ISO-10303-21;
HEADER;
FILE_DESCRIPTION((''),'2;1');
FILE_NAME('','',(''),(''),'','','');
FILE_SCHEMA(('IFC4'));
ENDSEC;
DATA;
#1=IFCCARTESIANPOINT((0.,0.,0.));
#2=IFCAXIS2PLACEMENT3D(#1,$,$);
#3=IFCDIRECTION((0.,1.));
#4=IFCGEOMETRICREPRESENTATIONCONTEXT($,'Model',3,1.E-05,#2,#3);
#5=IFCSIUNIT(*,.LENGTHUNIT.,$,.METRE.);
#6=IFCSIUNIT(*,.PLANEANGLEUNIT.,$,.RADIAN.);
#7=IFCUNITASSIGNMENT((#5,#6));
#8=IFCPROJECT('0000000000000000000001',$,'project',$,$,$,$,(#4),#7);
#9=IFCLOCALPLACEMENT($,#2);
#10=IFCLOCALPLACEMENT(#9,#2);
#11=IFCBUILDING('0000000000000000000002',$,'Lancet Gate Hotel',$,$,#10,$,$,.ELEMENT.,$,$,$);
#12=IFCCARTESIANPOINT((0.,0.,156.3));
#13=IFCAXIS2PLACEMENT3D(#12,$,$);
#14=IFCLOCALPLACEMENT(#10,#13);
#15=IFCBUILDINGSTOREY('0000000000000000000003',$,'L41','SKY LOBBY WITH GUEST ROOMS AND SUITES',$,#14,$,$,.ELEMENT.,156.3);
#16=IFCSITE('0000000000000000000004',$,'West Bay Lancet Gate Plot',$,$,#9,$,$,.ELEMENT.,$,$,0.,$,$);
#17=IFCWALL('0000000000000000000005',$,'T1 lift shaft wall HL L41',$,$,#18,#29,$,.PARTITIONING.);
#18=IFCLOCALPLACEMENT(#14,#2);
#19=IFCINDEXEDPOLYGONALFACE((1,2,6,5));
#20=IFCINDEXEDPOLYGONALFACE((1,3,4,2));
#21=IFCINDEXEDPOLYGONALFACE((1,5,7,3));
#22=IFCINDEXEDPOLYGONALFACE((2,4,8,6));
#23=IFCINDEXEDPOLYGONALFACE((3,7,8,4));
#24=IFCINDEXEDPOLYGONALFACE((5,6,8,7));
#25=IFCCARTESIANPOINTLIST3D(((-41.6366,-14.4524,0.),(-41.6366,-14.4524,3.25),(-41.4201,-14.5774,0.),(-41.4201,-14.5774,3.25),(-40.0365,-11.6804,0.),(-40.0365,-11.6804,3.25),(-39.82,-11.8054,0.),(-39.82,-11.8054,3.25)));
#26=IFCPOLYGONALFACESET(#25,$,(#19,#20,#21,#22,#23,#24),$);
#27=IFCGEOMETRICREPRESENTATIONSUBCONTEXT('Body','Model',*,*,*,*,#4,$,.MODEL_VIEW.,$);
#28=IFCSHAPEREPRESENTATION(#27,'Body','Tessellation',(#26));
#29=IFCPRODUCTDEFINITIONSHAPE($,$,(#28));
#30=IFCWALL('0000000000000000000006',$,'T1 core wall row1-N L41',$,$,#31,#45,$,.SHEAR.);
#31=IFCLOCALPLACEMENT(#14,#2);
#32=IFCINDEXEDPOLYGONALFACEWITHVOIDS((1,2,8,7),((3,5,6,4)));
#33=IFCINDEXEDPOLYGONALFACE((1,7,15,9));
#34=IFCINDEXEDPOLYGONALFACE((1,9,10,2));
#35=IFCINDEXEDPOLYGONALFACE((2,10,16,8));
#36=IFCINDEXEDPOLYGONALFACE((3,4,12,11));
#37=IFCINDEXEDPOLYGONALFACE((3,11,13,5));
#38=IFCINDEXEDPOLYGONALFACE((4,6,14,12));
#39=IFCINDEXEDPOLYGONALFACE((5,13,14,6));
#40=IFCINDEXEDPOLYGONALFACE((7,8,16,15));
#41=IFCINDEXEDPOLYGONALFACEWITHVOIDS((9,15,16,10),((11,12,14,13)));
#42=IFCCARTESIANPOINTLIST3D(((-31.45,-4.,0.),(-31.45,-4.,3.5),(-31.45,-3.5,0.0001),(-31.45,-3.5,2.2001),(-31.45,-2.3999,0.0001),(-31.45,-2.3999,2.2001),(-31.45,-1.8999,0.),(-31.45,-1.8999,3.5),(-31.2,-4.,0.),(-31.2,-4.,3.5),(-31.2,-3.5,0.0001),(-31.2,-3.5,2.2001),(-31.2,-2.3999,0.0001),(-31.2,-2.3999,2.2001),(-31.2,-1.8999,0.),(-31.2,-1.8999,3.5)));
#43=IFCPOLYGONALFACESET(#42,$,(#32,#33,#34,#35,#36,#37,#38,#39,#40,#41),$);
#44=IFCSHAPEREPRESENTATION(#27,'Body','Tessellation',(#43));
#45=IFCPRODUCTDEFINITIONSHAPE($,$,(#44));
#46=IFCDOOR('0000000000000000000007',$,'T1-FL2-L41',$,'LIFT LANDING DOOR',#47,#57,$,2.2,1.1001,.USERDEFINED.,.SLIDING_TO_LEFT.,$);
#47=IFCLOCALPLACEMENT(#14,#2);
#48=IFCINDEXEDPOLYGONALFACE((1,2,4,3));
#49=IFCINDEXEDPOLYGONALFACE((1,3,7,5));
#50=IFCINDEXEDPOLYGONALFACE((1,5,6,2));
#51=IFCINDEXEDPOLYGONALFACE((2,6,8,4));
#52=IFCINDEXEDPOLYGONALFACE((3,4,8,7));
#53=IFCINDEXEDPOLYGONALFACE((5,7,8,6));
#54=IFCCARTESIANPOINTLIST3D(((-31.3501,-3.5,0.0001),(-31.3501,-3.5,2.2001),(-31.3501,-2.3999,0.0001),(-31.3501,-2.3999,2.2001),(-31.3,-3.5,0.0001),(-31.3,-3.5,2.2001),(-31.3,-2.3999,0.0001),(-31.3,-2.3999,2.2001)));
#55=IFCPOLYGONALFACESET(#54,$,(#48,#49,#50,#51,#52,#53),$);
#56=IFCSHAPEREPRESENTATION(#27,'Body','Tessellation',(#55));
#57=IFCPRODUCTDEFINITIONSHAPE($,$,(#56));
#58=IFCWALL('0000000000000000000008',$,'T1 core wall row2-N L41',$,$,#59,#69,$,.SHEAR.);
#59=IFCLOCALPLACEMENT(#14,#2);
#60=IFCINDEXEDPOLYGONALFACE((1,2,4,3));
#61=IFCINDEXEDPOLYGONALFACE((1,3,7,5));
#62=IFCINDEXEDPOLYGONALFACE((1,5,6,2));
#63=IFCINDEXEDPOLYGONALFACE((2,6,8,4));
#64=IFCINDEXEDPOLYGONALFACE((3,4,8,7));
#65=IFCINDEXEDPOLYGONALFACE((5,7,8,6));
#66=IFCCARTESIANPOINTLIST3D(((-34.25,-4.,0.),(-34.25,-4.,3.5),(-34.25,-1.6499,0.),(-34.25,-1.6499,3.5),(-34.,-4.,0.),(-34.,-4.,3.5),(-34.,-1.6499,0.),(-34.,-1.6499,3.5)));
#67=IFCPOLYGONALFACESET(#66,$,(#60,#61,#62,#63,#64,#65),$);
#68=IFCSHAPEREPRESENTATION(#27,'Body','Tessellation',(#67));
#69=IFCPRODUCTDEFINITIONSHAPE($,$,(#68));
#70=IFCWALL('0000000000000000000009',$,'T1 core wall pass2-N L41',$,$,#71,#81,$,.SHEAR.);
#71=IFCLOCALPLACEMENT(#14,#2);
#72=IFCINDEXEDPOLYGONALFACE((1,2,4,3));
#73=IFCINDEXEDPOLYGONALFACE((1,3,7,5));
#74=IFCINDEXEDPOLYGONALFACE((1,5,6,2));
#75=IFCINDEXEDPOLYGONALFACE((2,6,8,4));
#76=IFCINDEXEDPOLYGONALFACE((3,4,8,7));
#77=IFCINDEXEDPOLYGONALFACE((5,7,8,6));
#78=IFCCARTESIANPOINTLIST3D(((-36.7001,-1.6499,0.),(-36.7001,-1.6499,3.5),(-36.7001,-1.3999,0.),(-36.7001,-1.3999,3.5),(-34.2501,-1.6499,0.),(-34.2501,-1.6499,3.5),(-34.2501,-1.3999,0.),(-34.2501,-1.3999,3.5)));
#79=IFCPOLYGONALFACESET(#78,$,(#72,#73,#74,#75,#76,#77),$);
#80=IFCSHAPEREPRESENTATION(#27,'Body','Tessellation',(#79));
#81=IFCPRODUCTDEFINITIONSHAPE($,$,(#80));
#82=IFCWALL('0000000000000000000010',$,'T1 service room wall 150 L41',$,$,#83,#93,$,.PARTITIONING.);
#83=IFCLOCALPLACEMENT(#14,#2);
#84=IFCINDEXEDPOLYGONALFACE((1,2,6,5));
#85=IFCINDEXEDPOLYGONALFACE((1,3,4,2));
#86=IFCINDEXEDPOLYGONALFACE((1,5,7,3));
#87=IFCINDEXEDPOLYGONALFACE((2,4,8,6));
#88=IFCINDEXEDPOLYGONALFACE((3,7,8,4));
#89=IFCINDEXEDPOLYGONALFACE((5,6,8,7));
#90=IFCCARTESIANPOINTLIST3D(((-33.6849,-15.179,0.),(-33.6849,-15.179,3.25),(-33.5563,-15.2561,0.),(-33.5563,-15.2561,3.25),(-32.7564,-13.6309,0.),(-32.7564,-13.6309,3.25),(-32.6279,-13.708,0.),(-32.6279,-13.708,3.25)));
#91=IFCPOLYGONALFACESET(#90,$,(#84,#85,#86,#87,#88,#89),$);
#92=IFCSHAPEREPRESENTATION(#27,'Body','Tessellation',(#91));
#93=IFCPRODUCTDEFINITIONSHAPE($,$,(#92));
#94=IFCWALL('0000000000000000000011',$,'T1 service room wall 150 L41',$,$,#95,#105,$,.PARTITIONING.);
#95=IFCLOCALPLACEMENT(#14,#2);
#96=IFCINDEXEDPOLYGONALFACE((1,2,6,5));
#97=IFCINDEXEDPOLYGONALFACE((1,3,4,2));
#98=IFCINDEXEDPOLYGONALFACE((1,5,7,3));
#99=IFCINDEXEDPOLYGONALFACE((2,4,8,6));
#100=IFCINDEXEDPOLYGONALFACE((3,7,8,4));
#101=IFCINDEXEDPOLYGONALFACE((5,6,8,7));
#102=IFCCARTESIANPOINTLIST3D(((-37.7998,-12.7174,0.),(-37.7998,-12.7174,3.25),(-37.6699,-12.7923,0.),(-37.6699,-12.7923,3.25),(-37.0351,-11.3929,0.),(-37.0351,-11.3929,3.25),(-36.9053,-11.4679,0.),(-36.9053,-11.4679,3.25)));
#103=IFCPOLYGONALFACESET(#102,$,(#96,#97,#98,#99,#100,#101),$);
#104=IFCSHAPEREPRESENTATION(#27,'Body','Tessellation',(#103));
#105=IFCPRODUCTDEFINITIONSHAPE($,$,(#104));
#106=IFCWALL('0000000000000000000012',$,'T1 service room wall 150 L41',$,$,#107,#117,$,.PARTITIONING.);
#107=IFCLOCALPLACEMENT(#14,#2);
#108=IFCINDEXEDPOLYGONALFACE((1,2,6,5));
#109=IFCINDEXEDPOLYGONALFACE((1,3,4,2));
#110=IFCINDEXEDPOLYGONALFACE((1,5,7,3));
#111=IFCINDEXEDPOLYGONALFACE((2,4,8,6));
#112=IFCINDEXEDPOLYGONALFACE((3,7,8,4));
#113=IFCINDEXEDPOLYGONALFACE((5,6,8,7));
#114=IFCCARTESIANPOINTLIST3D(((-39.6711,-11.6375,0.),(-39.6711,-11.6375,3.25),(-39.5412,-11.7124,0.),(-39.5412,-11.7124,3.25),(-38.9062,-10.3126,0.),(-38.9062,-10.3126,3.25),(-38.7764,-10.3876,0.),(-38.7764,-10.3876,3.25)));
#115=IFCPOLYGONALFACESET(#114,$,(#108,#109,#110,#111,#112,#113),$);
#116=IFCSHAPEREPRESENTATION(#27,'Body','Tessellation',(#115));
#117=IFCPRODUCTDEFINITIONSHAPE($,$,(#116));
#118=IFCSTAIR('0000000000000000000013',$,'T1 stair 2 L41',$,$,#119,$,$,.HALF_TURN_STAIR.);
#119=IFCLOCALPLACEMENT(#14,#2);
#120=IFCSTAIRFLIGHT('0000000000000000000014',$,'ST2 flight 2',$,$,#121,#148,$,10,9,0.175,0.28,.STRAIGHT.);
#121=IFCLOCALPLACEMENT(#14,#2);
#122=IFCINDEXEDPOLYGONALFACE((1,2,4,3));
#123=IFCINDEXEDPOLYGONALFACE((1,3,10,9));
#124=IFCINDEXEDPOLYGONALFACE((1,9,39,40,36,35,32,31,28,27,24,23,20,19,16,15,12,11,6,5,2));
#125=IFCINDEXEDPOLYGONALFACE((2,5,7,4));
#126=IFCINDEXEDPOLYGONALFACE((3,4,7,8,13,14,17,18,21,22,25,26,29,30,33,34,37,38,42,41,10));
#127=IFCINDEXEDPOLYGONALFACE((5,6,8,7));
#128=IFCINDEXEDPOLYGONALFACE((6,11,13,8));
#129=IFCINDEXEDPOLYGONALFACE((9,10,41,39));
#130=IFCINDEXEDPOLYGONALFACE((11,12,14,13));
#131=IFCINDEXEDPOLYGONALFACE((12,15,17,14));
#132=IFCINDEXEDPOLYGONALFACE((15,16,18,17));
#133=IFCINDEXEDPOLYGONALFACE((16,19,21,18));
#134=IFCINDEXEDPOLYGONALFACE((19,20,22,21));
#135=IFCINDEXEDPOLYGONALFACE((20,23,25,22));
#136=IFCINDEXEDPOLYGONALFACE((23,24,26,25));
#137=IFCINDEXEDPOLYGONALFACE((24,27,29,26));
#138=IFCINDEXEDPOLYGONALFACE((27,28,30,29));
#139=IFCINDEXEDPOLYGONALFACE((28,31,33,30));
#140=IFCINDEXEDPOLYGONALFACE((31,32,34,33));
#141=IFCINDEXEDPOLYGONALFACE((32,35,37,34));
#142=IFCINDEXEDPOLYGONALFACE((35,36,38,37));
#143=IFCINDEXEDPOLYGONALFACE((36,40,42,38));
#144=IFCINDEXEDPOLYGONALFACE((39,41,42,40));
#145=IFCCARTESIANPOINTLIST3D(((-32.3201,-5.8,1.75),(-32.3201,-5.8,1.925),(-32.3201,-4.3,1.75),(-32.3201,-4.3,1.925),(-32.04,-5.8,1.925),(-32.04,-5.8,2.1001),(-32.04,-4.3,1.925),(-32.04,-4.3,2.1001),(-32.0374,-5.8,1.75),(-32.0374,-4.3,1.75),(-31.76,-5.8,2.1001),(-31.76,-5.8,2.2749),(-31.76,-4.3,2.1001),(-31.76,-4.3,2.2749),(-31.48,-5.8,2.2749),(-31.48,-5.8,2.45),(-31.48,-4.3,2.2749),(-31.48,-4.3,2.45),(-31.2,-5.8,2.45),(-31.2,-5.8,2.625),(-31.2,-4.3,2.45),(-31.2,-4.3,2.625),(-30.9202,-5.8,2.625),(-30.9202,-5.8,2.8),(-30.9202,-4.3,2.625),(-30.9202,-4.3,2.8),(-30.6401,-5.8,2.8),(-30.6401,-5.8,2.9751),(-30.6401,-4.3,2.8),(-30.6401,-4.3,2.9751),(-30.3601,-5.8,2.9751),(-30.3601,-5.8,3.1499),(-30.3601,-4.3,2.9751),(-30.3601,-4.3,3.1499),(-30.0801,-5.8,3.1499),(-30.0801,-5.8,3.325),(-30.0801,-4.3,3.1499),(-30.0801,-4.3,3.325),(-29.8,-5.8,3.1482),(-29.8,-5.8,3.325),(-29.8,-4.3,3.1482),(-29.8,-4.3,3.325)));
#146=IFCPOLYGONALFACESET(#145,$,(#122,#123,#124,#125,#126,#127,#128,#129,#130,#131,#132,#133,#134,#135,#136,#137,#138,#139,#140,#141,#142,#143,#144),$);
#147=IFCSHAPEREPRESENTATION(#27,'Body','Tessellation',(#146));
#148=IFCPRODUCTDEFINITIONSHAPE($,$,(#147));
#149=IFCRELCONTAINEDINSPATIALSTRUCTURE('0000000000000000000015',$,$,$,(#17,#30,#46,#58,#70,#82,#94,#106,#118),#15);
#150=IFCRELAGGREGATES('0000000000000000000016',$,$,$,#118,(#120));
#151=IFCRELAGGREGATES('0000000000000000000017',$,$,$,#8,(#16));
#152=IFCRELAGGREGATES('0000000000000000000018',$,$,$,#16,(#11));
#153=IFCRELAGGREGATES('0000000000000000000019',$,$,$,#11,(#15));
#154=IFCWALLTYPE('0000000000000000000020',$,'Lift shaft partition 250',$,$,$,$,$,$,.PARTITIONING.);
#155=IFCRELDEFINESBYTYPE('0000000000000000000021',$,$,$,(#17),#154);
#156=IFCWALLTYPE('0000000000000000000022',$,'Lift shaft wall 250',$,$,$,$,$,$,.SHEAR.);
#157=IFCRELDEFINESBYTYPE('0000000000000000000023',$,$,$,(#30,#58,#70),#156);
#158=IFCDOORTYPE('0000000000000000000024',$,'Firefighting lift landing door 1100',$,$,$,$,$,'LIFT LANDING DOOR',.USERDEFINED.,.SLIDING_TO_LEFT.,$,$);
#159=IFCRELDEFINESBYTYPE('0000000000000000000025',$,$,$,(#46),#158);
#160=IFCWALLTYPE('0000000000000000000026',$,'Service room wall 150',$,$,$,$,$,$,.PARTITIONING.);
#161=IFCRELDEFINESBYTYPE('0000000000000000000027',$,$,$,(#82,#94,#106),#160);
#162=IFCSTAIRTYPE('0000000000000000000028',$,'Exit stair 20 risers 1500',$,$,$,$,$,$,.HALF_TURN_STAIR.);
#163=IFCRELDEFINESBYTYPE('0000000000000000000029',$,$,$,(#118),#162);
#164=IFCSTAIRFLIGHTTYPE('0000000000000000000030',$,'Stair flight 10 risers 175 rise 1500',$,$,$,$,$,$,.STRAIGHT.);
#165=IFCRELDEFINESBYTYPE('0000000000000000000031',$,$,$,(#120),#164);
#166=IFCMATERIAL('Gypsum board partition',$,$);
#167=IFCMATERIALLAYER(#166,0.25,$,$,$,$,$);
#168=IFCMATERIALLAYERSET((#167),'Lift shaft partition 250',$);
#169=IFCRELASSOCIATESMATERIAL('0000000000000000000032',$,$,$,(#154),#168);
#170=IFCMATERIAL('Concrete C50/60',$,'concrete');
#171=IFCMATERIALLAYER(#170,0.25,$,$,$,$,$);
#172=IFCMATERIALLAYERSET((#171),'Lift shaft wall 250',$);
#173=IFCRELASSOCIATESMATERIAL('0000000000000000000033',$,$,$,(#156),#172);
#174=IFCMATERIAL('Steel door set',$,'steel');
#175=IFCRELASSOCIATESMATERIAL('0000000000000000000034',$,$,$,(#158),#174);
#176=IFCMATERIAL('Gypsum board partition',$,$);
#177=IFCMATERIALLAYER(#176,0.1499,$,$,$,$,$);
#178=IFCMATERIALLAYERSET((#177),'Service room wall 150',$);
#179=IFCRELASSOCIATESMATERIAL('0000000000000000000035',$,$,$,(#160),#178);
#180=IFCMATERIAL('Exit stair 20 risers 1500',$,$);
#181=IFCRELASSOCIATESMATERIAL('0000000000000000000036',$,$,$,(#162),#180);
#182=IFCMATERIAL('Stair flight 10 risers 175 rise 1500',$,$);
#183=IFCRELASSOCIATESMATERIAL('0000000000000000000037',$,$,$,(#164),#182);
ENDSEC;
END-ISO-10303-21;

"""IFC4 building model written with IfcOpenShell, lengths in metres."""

from ifc_helpers import new_model, si_unit, direction, frame, frame_2d, origin, place, context, subcontext, project, spatial, polyline, rectangle, outline, extrude, material, layer, layer_set, type_object, element, fill, aggregate, save


model = new_model("IFC4")

# Units and contexts
model_context = context("Model", 3, precision=1e-05, world=origin(), true_north=direction((0.0, 1.0)))
body_context = subcontext(model_context, "Body", "Model", "MODEL_VIEW")
ifc_project = project(units=[si_unit("LENGTHUNIT", "METRE"), si_unit("PLANEANGLEUNIT", "RADIAN")], contexts=[model_context])

# Site, building, storey
site_placement = place(None, origin())
site = spatial("IfcSite", under=ifc_project, at=site_placement, Name="West Bay Lancet Gate Plot", CompositionType="ELEMENT", RefElevation=0.0)
building_placement = place(site_placement, origin())
building = spatial("IfcBuilding", under=site, at=building_placement, Name="Lancet Gate Hotel", CompositionType="ELEMENT")
storey_placement = place(building_placement, frame((0.0, 0.0, 156.3)))
storey = spatial("IfcBuildingStorey", under=building, at=storey_placement, Name="L41", Description="SKY LOBBY WITH GUEST ROOMS AND SUITES", CompositionType="ELEMENT", Elevation=156.3)

# Shared definitions
ifc_material_1 = material(Name="Gypsum board partition")
ifc_layer_1 = layer(ifc_material_1, 0.25)
ifc_layer_set_1 = layer_set([ifc_layer_1], Name="Lift shaft partition 250")
wall_type_1 = type_object("IfcWallType", Name="Lift shaft partition 250", PredefinedType="PARTITIONING", material=ifc_layer_set_1)

# Wall
wall_1_placement = place(storey_placement, frame((-39.9282, -11.7429, 0.0), z_axis=(0.0, 0.0, 1.0), x_axis=(-0.499929, -0.866066, 0.0)))
element("IfcWall", 1, at=wall_1_placement, inside=storey, type_object=wall_type_1, Name="T1 lift shaft wall HL L41", PredefinedType="PARTITIONING", context=body_context, shape_type="SweptSolid", body=[
    extrude(rectangle(XDim=3.2007, YDim=0.25, at=frame_2d((1.6003, 0.0))), origin(), (0.0, 0.0, 1.0), 3.25),
])

# Wall, opening, door
ifc_material_2 = material(Name="Concrete C50/60", Category="concrete")
ifc_layer_2 = layer(ifc_material_2, 0.25)
ifc_layer_set_2 = layer_set([ifc_layer_2], Name="Lift shaft wall 250")
wall_type_2 = type_object("IfcWallType", Name="Lift shaft wall 250", PredefinedType="SHEAR", material=ifc_layer_set_2)
wall_2_placement = place(storey_placement, frame((-31.325, -1.8999, 0.0), z_axis=(0.0, 0.0, 1.0), x_axis=(0.0, -1.0, 0.0)))
wall_2 = element("IfcWall", 2, at=wall_2_placement, inside=storey, type_object=wall_type_2, Name="T1 core wall row1-N L41", PredefinedType="SHEAR", context=body_context, shape_type="SweptSolid", body=[
    extrude(rectangle(XDim=2.1001, YDim=0.25, at=frame_2d((1.05, 0.0))), origin(), (0.0, 0.0, 1.0), 3.5),
])
opening_1_placement = place(wall_2_placement, frame((0.5, 0.0, 0.0)))
opening_1 = element("IfcOpeningElement", 3, at=opening_1_placement, cuts=wall_2, PredefinedType="OPENING", context=body_context, shape_type="SweptSolid", body=[
    extrude(rectangle(XDim=1.1001, YDim=2.2, at=frame_2d((0.55, 1.1001))), frame((0.0, 0.135, 0.0), z_axis=(0.0, -1.0, 0.0), x_axis=(1.0, 0.0, 0.0)), (0.0, 0.0, 1.0), 0.27),
])
ifc_material_3 = material(Name="Steel door set", Category="steel")
door_type_1 = type_object("IfcDoorType", Name="Firefighting lift landing door 1100", ElementType="LIFT LANDING DOOR", OperationType="SLIDING_TO_LEFT", PredefinedType="USERDEFINED", material=ifc_material_3)
door_1_placement = place(opening_1_placement, origin())
door_1 = element("IfcDoor", 4, at=door_1_placement, inside=storey, type_object=door_type_1, Name="T1-FL2-L41", ObjectType="LIFT LANDING DOOR", OperationType="SLIDING_TO_LEFT", OverallHeight=2.2, OverallWidth=1.1001, PredefinedType="USERDEFINED", context=body_context, shape_type="SweptSolid", body=[
    extrude(rectangle(XDim=1.1001, YDim=2.2, at=frame_2d((0.55, 1.1001))), frame((0.0, 0.0249, 0.0), z_axis=(0.0, -1.0, 0.0), x_axis=(1.0, 0.0, 0.0)), (0.0, 0.0, 1.0), 0.05),
])
fill(opening_1, door_1)

# Walls
wall_3_placement = place(storey_placement, frame((-34.125, -1.6499, 0.0), z_axis=(0.0, 0.0, 1.0), x_axis=(0.0, -1.0, 0.0)))
element("IfcWall", 5, at=wall_3_placement, inside=storey, type_object=wall_type_2, Name="T1 core wall row2-N L41", PredefinedType="SHEAR", context=body_context, shape_type="SweptSolid", body=[
    extrude(rectangle(XDim=2.3501, YDim=0.25, at=frame_2d((1.175, 0.0))), origin(), (0.0, 0.0, 1.0), 3.5),
])
wall_4_placement = place(storey_placement, frame((-34.25, -1.5249, 0.0), z_axis=(0.0, 0.0, 1.0), x_axis=(-1.0, 0.0, 0.0)))
element("IfcWall", 6, at=wall_4_placement, inside=storey, type_object=wall_type_2, Name="T1 core wall pass2-N L41", PredefinedType="SHEAR", context=body_context, shape_type="SweptSolid", body=[
    extrude(rectangle(XDim=2.45, YDim=0.25, at=frame_2d((1.2251, 0.0))), origin(), (0.0, 0.0, 1.0), 3.5),
])
ifc_material_4 = material(Name="Gypsum board partition")
ifc_layer_3 = layer(ifc_material_4, 0.1499)
ifc_layer_set_3 = layer_set([ifc_layer_3], Name="Service room wall 150")
wall_type_3 = type_object("IfcWallType", Name="Service room wall 150", PredefinedType="PARTITIONING", material=ifc_layer_set_3)
wall_5_placement = place(storey_placement, frame((-33.6206, -15.2175, 0.0), z_axis=(0.0, 0.0, 1.0), x_axis=(0.514337, 0.857588, 0.0)))
element("IfcWall", 7, at=wall_5_placement, inside=storey, type_object=wall_type_3, Name="T1 service room wall 150 L41", PredefinedType="PARTITIONING", context=body_context, shape_type="SweptSolid", body=[
    extrude(rectangle(XDim=1.8052, YDim=0.1499, at=frame_2d((0.9026, 0.0))), origin(), (0.0, 0.0, 1.0), 3.25),
])
wall_6_placement = place(storey_placement, frame((-36.9702, -11.4304, 0.0), z_axis=(0.0, 0.0, 1.0), x_axis=(-0.499985, -0.866034, 0.0)))
element("IfcWall", 8, at=wall_6_placement, inside=storey, type_object=wall_type_3, Name="T1 service room wall 150 L41", PredefinedType="PARTITIONING", context=body_context, shape_type="SweptSolid", body=[
    extrude(rectangle(XDim=1.5293, YDim=0.1499, at=frame_2d((0.7646, 0.0))), origin(), (0.0, 0.0, 1.0), 3.25),
])
wall_7_placement = place(storey_placement, frame((-38.8413, -10.3501, 0.0), z_axis=(0.0, 0.0, 1.0), x_axis=(-0.499966, -0.866045, 0.0)))
element("IfcWall", 9, at=wall_7_placement, inside=storey, type_object=wall_type_3, Name="T1 service room wall 150 L41", PredefinedType="PARTITIONING", context=body_context, shape_type="SweptSolid", body=[
    extrude(rectangle(XDim=1.5298, YDim=0.1499, at=frame_2d((0.7649, 0.0))), origin(), (0.0, 0.0, 1.0), 3.25),
])

# Stair, stair flight
ifc_material_5 = material(Name="Exit stair 20 risers 1500")
stair_type = type_object("IfcStairType", Name="Exit stair 20 risers 1500", PredefinedType="HALF_TURN_STAIR", material=ifc_material_5)
stair_placement = place(storey_placement, origin())
stair = element("IfcStair", 10, at=stair_placement, inside=storey, type_object=stair_type, Name="T1 stair 2 L41", PredefinedType="HALF_TURN_STAIR")
ifc_material_6 = material(Name="Stair flight 10 risers 175 rise 1500")
stair_flight_type = type_object("IfcStairFlightType", Name="Stair flight 10 risers 175 rise 1500", PredefinedType="STRAIGHT", material=ifc_material_6)
stair_flight_placement = place(storey_placement, frame((-32.3201, -5.05, 1.75), z_axis=(0.0, 0.0, 1.0), x_axis=(1.0, 0.0, 0.0)))
stair_flight = element("IfcStairFlight", 11, at=stair_flight_placement, type_object=stair_flight_type, Name="ST2 flight 2", NumberOfRisers=10, NumberOfTreads=9, PredefinedType="STRAIGHT", RiserHeight=0.175, TreadLength=0.28, context=body_context, shape_type="SweptSolid", body=[
    extrude(outline(polyline([(0.0, 0.0), (0.0, 0.175), (0.28, 0.175), (0.28, 0.3501), (0.5601, 0.3501), (0.5601, 0.5249), (0.8401, 0.5249), (0.8401, 0.7), (1.1201, 0.7), (1.1201, 0.875), (1.3999, 0.875), (1.3999, 1.05), (1.6799, 1.05), (1.6799, 1.2251), (1.96, 1.2251), (1.96, 1.3999), (2.24, 1.3999), (2.24, 1.575), (2.52, 1.575), (2.52, 1.75), (2.52, 1.3982), (0.2827, 0.0), (0.0, 0.0)])), frame((0.0, 0.75, 0.0), z_axis=(0.0, -1.0, 0.0), x_axis=(1.0, 0.0, 0.0)), (0.0, 0.0, 1.0), 1.5),
])
aggregate(stair, [stair_flight])

save(model, "model.ifc")
